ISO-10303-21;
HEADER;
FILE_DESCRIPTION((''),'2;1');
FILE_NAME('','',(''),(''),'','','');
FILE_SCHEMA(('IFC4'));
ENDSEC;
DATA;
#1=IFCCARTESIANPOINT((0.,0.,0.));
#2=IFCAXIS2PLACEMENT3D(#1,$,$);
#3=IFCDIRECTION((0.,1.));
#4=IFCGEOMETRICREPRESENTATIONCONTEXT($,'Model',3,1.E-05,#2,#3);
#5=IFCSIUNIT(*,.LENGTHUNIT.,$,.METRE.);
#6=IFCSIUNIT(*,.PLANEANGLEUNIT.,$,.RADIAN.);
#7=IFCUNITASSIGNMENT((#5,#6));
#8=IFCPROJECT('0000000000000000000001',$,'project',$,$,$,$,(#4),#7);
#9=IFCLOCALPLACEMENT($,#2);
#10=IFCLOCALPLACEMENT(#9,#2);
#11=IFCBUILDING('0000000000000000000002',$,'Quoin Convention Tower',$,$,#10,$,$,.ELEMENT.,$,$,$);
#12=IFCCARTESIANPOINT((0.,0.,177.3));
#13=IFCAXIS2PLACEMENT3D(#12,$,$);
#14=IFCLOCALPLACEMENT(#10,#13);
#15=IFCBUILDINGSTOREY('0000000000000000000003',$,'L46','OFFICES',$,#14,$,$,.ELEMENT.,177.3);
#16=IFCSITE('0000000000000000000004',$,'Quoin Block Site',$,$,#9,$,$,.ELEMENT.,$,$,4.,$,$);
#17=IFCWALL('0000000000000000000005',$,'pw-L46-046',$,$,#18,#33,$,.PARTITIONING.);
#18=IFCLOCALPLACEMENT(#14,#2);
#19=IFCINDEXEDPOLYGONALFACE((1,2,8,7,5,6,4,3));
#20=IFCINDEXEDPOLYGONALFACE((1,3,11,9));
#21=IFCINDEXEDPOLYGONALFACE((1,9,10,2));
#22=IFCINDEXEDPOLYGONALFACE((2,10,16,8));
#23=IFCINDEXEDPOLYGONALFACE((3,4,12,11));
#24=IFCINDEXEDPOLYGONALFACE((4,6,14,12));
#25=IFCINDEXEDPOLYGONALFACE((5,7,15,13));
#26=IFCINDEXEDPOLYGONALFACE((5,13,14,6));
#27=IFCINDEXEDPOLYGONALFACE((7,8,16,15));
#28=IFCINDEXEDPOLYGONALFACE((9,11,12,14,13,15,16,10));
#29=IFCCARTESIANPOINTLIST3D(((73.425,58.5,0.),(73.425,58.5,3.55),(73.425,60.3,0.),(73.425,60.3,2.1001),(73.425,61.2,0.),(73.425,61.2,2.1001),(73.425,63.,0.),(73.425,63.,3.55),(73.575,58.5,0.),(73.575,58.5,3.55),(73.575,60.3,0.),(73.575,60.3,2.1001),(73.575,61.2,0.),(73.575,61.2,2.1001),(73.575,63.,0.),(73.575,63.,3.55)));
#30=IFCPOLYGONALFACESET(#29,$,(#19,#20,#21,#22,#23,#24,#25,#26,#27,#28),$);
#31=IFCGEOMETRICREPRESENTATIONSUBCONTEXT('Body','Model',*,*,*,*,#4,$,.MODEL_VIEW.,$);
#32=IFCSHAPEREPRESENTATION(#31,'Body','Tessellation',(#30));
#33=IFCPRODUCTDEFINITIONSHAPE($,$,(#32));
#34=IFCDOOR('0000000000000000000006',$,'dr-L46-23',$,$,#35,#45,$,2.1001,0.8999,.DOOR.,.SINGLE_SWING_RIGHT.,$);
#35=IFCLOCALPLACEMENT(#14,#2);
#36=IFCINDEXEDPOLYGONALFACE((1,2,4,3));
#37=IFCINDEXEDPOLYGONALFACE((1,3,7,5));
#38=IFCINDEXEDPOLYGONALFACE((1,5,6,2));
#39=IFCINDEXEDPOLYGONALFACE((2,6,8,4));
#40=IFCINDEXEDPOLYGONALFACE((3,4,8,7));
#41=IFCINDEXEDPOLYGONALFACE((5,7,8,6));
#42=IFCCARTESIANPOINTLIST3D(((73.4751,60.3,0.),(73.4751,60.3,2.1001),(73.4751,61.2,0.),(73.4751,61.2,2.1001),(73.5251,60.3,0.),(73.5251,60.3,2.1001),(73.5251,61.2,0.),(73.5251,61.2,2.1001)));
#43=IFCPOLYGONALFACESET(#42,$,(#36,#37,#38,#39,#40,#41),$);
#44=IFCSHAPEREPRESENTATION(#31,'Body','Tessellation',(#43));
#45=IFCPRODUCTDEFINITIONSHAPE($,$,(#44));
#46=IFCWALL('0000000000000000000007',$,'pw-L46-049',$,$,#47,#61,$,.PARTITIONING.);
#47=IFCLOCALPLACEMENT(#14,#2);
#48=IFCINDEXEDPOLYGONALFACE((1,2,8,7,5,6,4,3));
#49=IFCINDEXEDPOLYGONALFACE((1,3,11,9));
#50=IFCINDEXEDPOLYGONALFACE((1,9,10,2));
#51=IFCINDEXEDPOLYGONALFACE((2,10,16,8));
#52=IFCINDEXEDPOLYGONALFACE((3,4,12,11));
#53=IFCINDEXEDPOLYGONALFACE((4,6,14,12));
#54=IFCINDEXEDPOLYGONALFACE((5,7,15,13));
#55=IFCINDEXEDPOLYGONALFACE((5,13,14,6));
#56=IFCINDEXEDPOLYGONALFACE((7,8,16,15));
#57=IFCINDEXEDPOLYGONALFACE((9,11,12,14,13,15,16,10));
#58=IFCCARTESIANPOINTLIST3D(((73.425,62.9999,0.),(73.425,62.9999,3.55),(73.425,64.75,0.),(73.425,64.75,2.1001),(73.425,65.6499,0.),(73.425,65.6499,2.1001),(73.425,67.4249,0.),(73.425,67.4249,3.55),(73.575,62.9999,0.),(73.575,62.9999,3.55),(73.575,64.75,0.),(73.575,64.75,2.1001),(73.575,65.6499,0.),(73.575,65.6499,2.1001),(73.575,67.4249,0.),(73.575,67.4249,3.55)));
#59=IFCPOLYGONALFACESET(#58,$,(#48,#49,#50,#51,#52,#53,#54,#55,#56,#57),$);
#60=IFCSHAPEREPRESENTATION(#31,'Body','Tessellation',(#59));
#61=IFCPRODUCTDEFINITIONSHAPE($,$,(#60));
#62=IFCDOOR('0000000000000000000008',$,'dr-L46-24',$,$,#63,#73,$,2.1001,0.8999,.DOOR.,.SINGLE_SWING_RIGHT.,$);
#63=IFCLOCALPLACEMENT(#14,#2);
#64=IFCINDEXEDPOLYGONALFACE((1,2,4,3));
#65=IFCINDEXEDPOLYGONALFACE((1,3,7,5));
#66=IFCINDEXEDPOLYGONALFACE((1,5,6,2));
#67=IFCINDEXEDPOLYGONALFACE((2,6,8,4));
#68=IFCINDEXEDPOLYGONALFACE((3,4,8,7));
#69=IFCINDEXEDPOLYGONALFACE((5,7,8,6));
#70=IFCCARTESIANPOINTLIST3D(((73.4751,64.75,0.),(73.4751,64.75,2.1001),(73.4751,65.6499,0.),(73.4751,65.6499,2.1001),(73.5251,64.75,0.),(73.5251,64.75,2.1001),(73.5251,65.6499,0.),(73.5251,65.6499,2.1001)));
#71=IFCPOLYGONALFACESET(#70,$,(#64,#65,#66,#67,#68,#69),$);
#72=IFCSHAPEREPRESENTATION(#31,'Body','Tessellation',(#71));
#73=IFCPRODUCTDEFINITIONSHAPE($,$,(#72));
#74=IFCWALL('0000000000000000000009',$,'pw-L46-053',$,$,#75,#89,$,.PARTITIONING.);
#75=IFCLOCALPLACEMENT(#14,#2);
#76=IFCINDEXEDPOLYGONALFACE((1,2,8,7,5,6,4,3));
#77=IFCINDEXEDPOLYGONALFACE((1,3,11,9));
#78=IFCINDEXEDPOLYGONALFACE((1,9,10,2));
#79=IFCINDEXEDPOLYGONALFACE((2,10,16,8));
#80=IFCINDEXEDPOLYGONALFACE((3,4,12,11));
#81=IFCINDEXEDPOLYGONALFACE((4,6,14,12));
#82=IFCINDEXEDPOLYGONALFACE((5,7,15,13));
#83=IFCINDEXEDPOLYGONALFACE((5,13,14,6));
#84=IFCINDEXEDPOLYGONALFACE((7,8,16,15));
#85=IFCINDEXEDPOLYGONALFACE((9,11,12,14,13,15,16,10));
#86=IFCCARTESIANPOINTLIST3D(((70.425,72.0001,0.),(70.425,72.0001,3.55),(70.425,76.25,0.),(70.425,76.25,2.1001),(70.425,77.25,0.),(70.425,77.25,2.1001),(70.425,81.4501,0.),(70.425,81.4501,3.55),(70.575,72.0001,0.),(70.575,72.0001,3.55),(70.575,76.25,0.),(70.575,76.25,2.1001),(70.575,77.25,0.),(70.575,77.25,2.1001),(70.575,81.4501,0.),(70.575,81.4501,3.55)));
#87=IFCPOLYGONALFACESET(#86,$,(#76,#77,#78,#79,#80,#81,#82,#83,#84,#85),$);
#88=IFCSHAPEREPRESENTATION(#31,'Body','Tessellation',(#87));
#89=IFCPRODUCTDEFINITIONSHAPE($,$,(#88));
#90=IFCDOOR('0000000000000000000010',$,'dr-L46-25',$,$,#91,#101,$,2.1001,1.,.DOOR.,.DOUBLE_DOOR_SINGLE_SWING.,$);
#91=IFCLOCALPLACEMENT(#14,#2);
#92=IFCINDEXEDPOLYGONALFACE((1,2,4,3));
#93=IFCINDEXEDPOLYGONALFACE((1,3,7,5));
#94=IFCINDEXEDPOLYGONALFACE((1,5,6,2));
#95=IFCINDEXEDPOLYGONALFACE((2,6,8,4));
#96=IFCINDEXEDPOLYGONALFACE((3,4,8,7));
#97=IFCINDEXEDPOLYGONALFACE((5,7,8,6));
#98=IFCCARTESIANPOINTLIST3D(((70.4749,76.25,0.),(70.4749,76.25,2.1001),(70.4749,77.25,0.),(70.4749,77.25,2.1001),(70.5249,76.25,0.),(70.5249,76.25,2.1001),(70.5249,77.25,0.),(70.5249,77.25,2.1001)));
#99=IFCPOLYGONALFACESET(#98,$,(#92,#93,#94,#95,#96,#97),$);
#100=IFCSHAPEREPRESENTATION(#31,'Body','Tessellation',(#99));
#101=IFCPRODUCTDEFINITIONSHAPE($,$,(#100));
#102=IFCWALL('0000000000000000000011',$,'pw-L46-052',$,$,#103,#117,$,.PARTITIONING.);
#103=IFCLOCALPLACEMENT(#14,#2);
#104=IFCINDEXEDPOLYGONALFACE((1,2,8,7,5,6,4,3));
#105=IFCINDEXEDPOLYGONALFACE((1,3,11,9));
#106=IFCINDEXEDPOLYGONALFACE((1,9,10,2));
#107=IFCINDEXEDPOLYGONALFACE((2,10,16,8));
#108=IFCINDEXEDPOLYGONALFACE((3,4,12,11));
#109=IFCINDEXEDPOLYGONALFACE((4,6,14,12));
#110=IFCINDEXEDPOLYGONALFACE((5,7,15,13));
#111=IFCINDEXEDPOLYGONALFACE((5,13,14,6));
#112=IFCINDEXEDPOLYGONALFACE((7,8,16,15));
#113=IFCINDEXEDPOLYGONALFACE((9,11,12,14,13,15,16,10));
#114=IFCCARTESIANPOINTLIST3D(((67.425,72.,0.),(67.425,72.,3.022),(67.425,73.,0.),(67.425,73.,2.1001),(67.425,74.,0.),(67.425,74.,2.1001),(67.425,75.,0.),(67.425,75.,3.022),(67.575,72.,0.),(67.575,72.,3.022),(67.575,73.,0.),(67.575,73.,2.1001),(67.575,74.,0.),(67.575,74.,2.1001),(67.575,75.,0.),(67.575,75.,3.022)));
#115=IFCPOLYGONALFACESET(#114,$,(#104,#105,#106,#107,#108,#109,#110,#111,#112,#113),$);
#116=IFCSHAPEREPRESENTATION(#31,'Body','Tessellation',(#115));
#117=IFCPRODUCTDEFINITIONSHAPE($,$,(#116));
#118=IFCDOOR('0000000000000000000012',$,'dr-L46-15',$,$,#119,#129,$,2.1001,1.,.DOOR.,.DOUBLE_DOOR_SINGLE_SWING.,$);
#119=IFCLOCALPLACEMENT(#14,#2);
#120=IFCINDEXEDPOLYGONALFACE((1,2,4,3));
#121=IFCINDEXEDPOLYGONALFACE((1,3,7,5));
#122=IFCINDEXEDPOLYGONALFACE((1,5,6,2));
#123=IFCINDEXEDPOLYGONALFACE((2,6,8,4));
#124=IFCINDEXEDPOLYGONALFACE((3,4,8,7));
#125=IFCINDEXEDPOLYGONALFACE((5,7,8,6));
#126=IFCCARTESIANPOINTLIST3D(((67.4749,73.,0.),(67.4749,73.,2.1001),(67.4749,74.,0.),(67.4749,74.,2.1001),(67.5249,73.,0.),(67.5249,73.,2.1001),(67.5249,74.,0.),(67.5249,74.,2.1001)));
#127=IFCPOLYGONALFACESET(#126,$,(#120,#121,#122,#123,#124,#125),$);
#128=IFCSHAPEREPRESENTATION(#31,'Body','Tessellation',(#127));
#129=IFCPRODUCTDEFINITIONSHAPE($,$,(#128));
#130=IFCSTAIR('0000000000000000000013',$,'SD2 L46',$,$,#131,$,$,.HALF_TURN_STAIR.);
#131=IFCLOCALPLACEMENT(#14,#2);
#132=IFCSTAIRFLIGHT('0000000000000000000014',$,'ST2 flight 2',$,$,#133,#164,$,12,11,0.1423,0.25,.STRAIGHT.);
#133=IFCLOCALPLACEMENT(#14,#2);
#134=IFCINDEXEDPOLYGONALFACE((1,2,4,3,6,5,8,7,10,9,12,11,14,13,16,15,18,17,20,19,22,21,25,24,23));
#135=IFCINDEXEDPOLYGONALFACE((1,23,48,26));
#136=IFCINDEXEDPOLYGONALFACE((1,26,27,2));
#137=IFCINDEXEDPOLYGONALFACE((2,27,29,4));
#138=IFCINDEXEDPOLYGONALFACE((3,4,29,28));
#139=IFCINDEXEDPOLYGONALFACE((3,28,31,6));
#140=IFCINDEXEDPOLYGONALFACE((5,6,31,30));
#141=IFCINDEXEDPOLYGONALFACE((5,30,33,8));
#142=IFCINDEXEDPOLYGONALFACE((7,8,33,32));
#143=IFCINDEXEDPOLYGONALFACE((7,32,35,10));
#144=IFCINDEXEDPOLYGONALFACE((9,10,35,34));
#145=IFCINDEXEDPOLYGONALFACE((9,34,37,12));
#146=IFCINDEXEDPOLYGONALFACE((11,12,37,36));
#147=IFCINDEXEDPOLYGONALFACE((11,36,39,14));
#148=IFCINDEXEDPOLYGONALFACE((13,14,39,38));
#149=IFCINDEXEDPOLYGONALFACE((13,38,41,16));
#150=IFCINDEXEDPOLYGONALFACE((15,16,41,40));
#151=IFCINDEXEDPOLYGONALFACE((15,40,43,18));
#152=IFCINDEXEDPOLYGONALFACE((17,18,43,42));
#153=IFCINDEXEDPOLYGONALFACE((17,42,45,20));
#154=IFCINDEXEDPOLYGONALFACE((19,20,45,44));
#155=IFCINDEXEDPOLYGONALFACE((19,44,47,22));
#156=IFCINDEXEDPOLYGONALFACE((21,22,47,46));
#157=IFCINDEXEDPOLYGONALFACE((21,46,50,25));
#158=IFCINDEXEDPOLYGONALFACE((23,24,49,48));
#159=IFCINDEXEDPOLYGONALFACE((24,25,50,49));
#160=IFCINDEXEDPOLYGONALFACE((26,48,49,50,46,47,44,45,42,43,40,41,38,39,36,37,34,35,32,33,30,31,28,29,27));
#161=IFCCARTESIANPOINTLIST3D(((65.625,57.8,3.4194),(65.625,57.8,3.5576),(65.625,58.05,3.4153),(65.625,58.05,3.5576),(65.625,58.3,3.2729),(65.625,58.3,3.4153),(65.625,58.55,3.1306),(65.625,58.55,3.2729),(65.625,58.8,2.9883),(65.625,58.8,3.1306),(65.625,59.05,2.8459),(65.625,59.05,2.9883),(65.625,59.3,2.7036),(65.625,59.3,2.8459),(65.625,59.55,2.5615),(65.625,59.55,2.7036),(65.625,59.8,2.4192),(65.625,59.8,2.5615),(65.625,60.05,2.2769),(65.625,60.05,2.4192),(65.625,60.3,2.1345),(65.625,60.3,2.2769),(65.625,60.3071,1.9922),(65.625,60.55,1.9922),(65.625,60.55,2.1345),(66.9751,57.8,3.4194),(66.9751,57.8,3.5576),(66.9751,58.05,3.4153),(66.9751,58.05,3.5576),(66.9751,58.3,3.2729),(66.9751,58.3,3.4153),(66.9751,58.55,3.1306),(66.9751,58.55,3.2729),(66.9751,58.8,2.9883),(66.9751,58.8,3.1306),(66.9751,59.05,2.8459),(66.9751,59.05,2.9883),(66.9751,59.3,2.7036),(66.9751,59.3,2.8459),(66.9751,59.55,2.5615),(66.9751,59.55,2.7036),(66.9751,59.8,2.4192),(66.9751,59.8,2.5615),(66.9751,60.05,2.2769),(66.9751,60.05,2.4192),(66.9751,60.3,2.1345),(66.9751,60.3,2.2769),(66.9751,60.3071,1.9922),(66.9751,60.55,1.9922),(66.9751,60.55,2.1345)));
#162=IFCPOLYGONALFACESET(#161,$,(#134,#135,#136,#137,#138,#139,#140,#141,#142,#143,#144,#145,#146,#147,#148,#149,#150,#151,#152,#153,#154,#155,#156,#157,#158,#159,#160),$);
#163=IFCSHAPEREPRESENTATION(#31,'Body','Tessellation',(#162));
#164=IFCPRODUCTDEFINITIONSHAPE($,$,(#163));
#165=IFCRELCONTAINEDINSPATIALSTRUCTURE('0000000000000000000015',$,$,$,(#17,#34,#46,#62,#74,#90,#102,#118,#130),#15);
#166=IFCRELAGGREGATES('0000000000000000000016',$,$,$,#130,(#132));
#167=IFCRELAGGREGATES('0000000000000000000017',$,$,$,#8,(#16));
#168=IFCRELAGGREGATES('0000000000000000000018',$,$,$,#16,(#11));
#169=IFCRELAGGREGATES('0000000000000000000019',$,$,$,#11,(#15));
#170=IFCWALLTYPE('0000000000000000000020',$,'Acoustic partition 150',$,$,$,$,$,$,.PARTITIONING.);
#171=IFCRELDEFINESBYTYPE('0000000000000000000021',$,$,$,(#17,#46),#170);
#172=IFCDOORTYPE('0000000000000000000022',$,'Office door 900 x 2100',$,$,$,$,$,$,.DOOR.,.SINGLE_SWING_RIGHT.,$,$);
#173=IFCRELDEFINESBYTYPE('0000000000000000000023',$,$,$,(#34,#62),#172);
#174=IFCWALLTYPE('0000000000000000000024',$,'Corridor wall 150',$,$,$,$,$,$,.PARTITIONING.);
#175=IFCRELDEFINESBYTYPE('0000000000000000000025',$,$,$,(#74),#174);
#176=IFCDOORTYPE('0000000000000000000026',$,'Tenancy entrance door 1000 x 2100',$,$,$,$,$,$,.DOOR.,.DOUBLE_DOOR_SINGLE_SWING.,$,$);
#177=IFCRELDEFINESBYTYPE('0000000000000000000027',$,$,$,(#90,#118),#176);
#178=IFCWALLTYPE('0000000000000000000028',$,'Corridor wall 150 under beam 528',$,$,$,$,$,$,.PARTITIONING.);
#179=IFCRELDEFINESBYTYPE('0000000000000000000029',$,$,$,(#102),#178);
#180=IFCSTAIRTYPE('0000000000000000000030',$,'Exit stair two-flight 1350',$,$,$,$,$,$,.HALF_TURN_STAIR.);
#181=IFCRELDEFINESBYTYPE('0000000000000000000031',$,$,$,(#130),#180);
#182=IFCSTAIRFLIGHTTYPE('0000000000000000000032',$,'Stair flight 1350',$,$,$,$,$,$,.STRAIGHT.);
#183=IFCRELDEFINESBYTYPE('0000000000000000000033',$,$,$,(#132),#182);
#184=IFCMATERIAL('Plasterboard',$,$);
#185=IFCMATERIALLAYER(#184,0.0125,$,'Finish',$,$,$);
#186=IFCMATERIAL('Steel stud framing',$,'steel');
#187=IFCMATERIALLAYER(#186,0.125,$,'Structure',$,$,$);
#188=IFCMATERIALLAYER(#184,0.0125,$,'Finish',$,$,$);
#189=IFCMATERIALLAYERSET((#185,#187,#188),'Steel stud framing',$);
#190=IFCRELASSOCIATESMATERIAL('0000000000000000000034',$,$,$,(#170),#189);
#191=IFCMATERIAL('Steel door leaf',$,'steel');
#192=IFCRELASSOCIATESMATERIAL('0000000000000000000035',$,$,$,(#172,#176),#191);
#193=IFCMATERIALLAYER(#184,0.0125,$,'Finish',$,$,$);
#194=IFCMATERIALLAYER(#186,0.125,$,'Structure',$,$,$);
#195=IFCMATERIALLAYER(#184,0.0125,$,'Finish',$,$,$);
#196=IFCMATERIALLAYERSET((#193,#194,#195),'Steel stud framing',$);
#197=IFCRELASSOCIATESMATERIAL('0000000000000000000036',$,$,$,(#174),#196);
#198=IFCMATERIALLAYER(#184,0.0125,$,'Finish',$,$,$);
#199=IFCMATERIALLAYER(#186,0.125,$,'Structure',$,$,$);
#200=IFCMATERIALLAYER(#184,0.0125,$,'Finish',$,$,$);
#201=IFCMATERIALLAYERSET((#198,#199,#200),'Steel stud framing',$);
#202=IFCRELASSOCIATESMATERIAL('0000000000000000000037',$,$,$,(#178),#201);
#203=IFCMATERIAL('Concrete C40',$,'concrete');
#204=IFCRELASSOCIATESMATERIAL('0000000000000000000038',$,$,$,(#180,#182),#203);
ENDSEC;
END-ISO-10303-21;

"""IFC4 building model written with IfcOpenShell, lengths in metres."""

from ifc_helpers import new_model, si_unit, direction, frame, frame_2d, origin, place, context, subcontext, project, spatial, polyline, rectangle, outline, extrude, material, layer, layer_set, type_object, element, fill, aggregate, save


model = new_model("IFC4")

# Units and contexts
model_context = context("Model", 3, precision=1e-05, world=origin(), true_north=direction((0.0, 1.0)))
body_context = subcontext(model_context, "Body", "Model", "MODEL_VIEW")
ifc_project = project(units=[si_unit("LENGTHUNIT", "METRE"), si_unit("PLANEANGLEUNIT", "RADIAN")], contexts=[model_context])

# Site, building, storey
site_placement = place(None, origin())
site = spatial("IfcSite", under=ifc_project, at=site_placement, Name="Quoin Block Site", CompositionType="ELEMENT", RefElevation=4.0)
building_placement = place(site_placement, origin())
building = spatial("IfcBuilding", under=site, at=building_placement, Name="Quoin Convention Tower", CompositionType="ELEMENT")
storey_placement = place(building_placement, frame((0.0, 0.0, 177.3)))
storey = spatial("IfcBuildingStorey", under=building, at=storey_placement, Name="L46", Description="OFFICES", CompositionType="ELEMENT", Elevation=177.3)

# Shared definitions
ifc_material_1 = material(Name="Plasterboard")
ifc_layer_1 = layer(ifc_material_1, 0.0125, Name="Finish")
ifc_material_2 = material(Name="Steel stud framing", Category="steel")
ifc_layer_2 = layer(ifc_material_2, 0.125, Name="Structure")
ifc_layer_3 = layer(ifc_material_1, 0.0125, Name="Finish")
ifc_layer_set_1 = layer_set([ifc_layer_1, ifc_layer_2, ifc_layer_3], Name="Steel stud framing")
wall_type_1 = type_object("IfcWallType", Name="Acoustic partition 150", PredefinedType="PARTITIONING", material=ifc_layer_set_1)

# Walls, openings, doors
wall_1_placement = place(storey_placement, frame((73.5, 58.5, 0.0), z_axis=(0.0, 0.0, 1.0), x_axis=(0.0, 1.0, 0.0)))
wall_1 = element("IfcWall", 1, at=wall_1_placement, inside=storey, type_object=wall_type_1, Name="pw-L46-046", PredefinedType="PARTITIONING", context=body_context, shape_type="SweptSolid", body=[
    extrude(rectangle(XDim=4.5, YDim=0.1499, at=frame_2d((2.25, 0.0))), origin(), (0.0, 0.0, 1.0), 3.55),
])
opening_1_placement = place(wall_1_placement, frame((1.8, 0.0, 0.0)))
opening_1 = element("IfcOpeningElement", 2, at=opening_1_placement, cuts=wall_1, PredefinedType="OPENING", context=body_context, shape_type="SweptSolid", body=[
    extrude(rectangle(XDim=0.8999, YDim=2.1001, at=frame_2d((0.45, 1.05))), frame((0.0, 0.085, 0.0), z_axis=(0.0, -1.0, 0.0), x_axis=(1.0, 0.0, 0.0)), (0.0, 0.0, 1.0), 0.1699),
])
ifc_material_3 = material(Name="Steel door leaf", Category="steel")
door_type_1 = type_object("IfcDoorType", Name="Office door 900 x 2100", OperationType="SINGLE_SWING_RIGHT", PredefinedType="DOOR", material=ifc_material_3)
door_1_placement = place(opening_1_placement, origin())
door_1 = element("IfcDoor", 3, at=door_1_placement, inside=storey, type_object=door_type_1, Name="dr-L46-23", OperationType="SINGLE_SWING_RIGHT", OverallHeight=2.1001, OverallWidth=0.8999, PredefinedType="DOOR", context=body_context, shape_type="SweptSolid", body=[
    extrude(rectangle(XDim=0.8999, YDim=2.1001, at=frame_2d((0.45, 1.05))), frame((0.0, 0.0249, 0.0), z_axis=(0.0, -1.0, 0.0), x_axis=(1.0, 0.0, 0.0)), (0.0, 0.0, 1.0), 0.05),
])
fill(opening_1, door_1)
wall_2_placement = place(storey_placement, frame((73.5, 63.0, 0.0), z_axis=(0.0, 0.0, 1.0), x_axis=(0.0, 1.0, 0.0)))
wall_2 = element("IfcWall", 4, at=wall_2_placement, inside=storey, type_object=wall_type_1, Name="pw-L46-049", PredefinedType="PARTITIONING", context=body_context, shape_type="SweptSolid", body=[
    extrude(rectangle(XDim=4.425, YDim=0.1499, at=frame_2d((2.2124, 0.0))), origin(), (0.0, 0.0, 1.0), 3.55),
])
opening_2_placement = place(wall_2_placement, frame((1.75, 0.0, 0.0)))
opening_2 = element("IfcOpeningElement", 5, at=opening_2_placement, cuts=wall_2, PredefinedType="OPENING", context=body_context, shape_type="SweptSolid", body=[
    extrude(rectangle(XDim=0.8999, YDim=2.1001, at=frame_2d((0.45, 1.05))), frame((0.0, 0.085, 0.0), z_axis=(0.0, -1.0, 0.0), x_axis=(1.0, 0.0, 0.0)), (0.0, 0.0, 1.0), 0.1699),
])
door_2_placement = place(opening_2_placement, origin())
door_2 = element("IfcDoor", 6, at=door_2_placement, inside=storey, type_object=door_type_1, Name="dr-L46-24", OperationType="SINGLE_SWING_RIGHT", OverallHeight=2.1001, OverallWidth=0.8999, PredefinedType="DOOR", context=body_context, shape_type="SweptSolid", body=[
    extrude(rectangle(XDim=0.8999, YDim=2.1001, at=frame_2d((0.45, 1.05))), frame((0.0, 0.0249, 0.0), z_axis=(0.0, -1.0, 0.0), x_axis=(1.0, 0.0, 0.0)), (0.0, 0.0, 1.0), 0.05),
])
fill(opening_2, door_2)
ifc_layer_4 = layer(ifc_material_1, 0.0125, Name="Finish")
ifc_layer_5 = layer(ifc_material_2, 0.125, Name="Structure")
ifc_layer_6 = layer(ifc_material_1, 0.0125, Name="Finish")
ifc_layer_set_2 = layer_set([ifc_layer_4, ifc_layer_5, ifc_layer_6], Name="Steel stud framing")
wall_type_2 = type_object("IfcWallType", Name="Corridor wall 150", PredefinedType="PARTITIONING", material=ifc_layer_set_2)
wall_3_placement = place(storey_placement, frame((70.5, 72.0, 0.0), z_axis=(0.0, 0.0, 1.0), x_axis=(0.0, 1.0, 0.0)))
wall_3 = element("IfcWall", 7, at=wall_3_placement, inside=storey, type_object=wall_type_2, Name="pw-L46-053", PredefinedType="PARTITIONING", context=body_context, shape_type="SweptSolid", body=[
    extrude(rectangle(XDim=9.45, YDim=0.1499, at=frame_2d((4.7251, 0.0))), origin(), (0.0, 0.0, 1.0), 3.55),
])
opening_3_placement = place(wall_3_placement, frame((4.25, 0.0, 0.0)))
opening_3 = element("IfcOpeningElement", 8, at=opening_3_placement, cuts=wall_3, PredefinedType="OPENING", context=body_context, shape_type="SweptSolid", body=[
    extrude(rectangle(XDim=1.0, YDim=2.1001, at=frame_2d((0.5, 1.05))), frame((0.0, 0.085, 0.0), z_axis=(0.0, -1.0, 0.0), x_axis=(1.0, 0.0, 0.0)), (0.0, 0.0, 1.0), 0.1699),
])
door_type_2 = type_object("IfcDoorType", Name="Tenancy entrance door 1000 x 2100", OperationType="DOUBLE_DOOR_SINGLE_SWING", PredefinedType="DOOR", material=ifc_material_3)
door_3_placement = place(opening_3_placement, frame((1.0, 0.0, 0.0), z_axis=(0.0, 0.0, 1.0), x_axis=(-1.0, 0.0, 0.0)))
door_3 = element("IfcDoor", 9, at=door_3_placement, inside=storey, type_object=door_type_2, Name="dr-L46-25", OperationType="DOUBLE_DOOR_SINGLE_SWING", OverallHeight=2.1001, OverallWidth=1.0, PredefinedType="DOOR", context=body_context, shape_type="SweptSolid", body=[
    extrude(rectangle(XDim=1.0, YDim=2.1001, at=frame_2d((0.5, 1.05))), frame((0.0, 0.0249, 0.0), z_axis=(0.0, -1.0, 0.0), x_axis=(1.0, 0.0, 0.0)), (0.0, 0.0, 1.0), 0.05),
])
fill(opening_3, door_3)
ifc_layer_7 = layer(ifc_material_1, 0.0125, Name="Finish")
ifc_layer_8 = layer(ifc_material_2, 0.125, Name="Structure")
ifc_layer_9 = layer(ifc_material_1, 0.0125, Name="Finish")
ifc_layer_set_3 = layer_set([ifc_layer_7, ifc_layer_8, ifc_layer_9], Name="Steel stud framing")
wall_type_3 = type_object("IfcWallType", Name="Corridor wall 150 under beam 528", PredefinedType="PARTITIONING", material=ifc_layer_set_3)
wall_4_placement = place(storey_placement, frame((67.5, 72.0, 0.0), z_axis=(0.0, 0.0, 1.0), x_axis=(0.0, 1.0, 0.0)))
wall_4 = element("IfcWall", 10, at=wall_4_placement, inside=storey, type_object=wall_type_3, Name="pw-L46-052", PredefinedType="PARTITIONING", context=body_context, shape_type="SweptSolid", body=[
    extrude(rectangle(XDim=3.0, YDim=0.1499, at=frame_2d((1.5, 0.0))), origin(), (0.0, 0.0, 1.0), 3.022),
])
opening_4_placement = place(wall_4_placement, frame((1.0, 0.0, 0.0)))
opening_4 = element("IfcOpeningElement", 11, at=opening_4_placement, cuts=wall_4, PredefinedType="OPENING", context=body_context, shape_type="SweptSolid", body=[
    extrude(rectangle(XDim=1.0, YDim=2.1001, at=frame_2d((0.5, 1.05))), frame((0.0, 0.085, 0.0), z_axis=(0.0, -1.0, 0.0), x_axis=(1.0, 0.0, 0.0)), (0.0, 0.0, 1.0), 0.1699),
])
door_4_placement = place(opening_4_placement, frame((1.0, 0.0, 0.0), z_axis=(0.0, 0.0, 1.0), x_axis=(-1.0, 0.0, 0.0)))
door_4 = element("IfcDoor", 12, at=door_4_placement, inside=storey, type_object=door_type_2, Name="dr-L46-15", OperationType="DOUBLE_DOOR_SINGLE_SWING", OverallHeight=2.1001, OverallWidth=1.0, PredefinedType="DOOR", context=body_context, shape_type="SweptSolid", body=[
    extrude(rectangle(XDim=1.0, YDim=2.1001, at=frame_2d((0.5, 1.05))), frame((0.0, 0.0249, 0.0), z_axis=(0.0, -1.0, 0.0), x_axis=(1.0, 0.0, 0.0)), (0.0, 0.0, 1.0), 0.05),
])
fill(opening_4, door_4)

# Stair, stair flight
ifc_material_4 = material(Name="Concrete C40", Category="concrete")
stair_type = type_object("IfcStairType", Name="Exit stair two-flight 1350", PredefinedType="HALF_TURN_STAIR", material=ifc_material_4)
stair_placement = place(storey_placement, origin())
stair = element("IfcStair", 13, at=stair_placement, inside=storey, type_object=stair_type, Name="SD2 L46", PredefinedType="HALF_TURN_STAIR")
stair_flight_type = type_object("IfcStairFlightType", Name="Stair flight 1350", PredefinedType="STRAIGHT", material=ifc_material_4)
stair_flight_placement = place(storey_placement, frame((66.3, 60.55, 1.9922), z_axis=(0.0, 0.0, 1.0), x_axis=(0.0, -1.0, 0.0)))
stair_flight = element("IfcStairFlight", 14, at=stair_flight_placement, type_object=stair_flight_type, Name="ST2 flight 2", NumberOfRisers=12, NumberOfTreads=11, PredefinedType="STRAIGHT", RiserHeight=0.1423, TreadLength=0.25, context=body_context, shape_type="SweptSolid", body=[
    extrude(outline(polyline([(0.0, 0.0), (0.0, 0.1423), (0.25, 0.1423), (0.25, 0.2847), (0.5, 0.2847), (0.5, 0.427), (0.75, 0.427), (0.75, 0.5693), (1.0, 0.5693), (1.0, 0.7114), (1.25, 0.7114), (1.25, 0.8538), (1.5, 0.8538), (1.5, 0.9961), (1.75, 0.9961), (1.75, 1.1384), (2.0, 1.1384), (2.0, 1.2808), (2.25, 1.2808), (2.25, 1.4231), (2.5, 1.4231), (2.5, 1.5654), (2.75, 1.5654), (2.75, 1.7078), (2.75, 1.4272), (0.2429, 0.0), (0.0, 0.0)])), frame((0.0, 0.675, 0.0), z_axis=(0.0, -1.0, 0.0), x_axis=(1.0, 0.0, 0.0)), (0.0, 0.0, 1.0), 1.3501),
])
aggregate(stair, [stair_flight])

save(model, "model.ifc")
